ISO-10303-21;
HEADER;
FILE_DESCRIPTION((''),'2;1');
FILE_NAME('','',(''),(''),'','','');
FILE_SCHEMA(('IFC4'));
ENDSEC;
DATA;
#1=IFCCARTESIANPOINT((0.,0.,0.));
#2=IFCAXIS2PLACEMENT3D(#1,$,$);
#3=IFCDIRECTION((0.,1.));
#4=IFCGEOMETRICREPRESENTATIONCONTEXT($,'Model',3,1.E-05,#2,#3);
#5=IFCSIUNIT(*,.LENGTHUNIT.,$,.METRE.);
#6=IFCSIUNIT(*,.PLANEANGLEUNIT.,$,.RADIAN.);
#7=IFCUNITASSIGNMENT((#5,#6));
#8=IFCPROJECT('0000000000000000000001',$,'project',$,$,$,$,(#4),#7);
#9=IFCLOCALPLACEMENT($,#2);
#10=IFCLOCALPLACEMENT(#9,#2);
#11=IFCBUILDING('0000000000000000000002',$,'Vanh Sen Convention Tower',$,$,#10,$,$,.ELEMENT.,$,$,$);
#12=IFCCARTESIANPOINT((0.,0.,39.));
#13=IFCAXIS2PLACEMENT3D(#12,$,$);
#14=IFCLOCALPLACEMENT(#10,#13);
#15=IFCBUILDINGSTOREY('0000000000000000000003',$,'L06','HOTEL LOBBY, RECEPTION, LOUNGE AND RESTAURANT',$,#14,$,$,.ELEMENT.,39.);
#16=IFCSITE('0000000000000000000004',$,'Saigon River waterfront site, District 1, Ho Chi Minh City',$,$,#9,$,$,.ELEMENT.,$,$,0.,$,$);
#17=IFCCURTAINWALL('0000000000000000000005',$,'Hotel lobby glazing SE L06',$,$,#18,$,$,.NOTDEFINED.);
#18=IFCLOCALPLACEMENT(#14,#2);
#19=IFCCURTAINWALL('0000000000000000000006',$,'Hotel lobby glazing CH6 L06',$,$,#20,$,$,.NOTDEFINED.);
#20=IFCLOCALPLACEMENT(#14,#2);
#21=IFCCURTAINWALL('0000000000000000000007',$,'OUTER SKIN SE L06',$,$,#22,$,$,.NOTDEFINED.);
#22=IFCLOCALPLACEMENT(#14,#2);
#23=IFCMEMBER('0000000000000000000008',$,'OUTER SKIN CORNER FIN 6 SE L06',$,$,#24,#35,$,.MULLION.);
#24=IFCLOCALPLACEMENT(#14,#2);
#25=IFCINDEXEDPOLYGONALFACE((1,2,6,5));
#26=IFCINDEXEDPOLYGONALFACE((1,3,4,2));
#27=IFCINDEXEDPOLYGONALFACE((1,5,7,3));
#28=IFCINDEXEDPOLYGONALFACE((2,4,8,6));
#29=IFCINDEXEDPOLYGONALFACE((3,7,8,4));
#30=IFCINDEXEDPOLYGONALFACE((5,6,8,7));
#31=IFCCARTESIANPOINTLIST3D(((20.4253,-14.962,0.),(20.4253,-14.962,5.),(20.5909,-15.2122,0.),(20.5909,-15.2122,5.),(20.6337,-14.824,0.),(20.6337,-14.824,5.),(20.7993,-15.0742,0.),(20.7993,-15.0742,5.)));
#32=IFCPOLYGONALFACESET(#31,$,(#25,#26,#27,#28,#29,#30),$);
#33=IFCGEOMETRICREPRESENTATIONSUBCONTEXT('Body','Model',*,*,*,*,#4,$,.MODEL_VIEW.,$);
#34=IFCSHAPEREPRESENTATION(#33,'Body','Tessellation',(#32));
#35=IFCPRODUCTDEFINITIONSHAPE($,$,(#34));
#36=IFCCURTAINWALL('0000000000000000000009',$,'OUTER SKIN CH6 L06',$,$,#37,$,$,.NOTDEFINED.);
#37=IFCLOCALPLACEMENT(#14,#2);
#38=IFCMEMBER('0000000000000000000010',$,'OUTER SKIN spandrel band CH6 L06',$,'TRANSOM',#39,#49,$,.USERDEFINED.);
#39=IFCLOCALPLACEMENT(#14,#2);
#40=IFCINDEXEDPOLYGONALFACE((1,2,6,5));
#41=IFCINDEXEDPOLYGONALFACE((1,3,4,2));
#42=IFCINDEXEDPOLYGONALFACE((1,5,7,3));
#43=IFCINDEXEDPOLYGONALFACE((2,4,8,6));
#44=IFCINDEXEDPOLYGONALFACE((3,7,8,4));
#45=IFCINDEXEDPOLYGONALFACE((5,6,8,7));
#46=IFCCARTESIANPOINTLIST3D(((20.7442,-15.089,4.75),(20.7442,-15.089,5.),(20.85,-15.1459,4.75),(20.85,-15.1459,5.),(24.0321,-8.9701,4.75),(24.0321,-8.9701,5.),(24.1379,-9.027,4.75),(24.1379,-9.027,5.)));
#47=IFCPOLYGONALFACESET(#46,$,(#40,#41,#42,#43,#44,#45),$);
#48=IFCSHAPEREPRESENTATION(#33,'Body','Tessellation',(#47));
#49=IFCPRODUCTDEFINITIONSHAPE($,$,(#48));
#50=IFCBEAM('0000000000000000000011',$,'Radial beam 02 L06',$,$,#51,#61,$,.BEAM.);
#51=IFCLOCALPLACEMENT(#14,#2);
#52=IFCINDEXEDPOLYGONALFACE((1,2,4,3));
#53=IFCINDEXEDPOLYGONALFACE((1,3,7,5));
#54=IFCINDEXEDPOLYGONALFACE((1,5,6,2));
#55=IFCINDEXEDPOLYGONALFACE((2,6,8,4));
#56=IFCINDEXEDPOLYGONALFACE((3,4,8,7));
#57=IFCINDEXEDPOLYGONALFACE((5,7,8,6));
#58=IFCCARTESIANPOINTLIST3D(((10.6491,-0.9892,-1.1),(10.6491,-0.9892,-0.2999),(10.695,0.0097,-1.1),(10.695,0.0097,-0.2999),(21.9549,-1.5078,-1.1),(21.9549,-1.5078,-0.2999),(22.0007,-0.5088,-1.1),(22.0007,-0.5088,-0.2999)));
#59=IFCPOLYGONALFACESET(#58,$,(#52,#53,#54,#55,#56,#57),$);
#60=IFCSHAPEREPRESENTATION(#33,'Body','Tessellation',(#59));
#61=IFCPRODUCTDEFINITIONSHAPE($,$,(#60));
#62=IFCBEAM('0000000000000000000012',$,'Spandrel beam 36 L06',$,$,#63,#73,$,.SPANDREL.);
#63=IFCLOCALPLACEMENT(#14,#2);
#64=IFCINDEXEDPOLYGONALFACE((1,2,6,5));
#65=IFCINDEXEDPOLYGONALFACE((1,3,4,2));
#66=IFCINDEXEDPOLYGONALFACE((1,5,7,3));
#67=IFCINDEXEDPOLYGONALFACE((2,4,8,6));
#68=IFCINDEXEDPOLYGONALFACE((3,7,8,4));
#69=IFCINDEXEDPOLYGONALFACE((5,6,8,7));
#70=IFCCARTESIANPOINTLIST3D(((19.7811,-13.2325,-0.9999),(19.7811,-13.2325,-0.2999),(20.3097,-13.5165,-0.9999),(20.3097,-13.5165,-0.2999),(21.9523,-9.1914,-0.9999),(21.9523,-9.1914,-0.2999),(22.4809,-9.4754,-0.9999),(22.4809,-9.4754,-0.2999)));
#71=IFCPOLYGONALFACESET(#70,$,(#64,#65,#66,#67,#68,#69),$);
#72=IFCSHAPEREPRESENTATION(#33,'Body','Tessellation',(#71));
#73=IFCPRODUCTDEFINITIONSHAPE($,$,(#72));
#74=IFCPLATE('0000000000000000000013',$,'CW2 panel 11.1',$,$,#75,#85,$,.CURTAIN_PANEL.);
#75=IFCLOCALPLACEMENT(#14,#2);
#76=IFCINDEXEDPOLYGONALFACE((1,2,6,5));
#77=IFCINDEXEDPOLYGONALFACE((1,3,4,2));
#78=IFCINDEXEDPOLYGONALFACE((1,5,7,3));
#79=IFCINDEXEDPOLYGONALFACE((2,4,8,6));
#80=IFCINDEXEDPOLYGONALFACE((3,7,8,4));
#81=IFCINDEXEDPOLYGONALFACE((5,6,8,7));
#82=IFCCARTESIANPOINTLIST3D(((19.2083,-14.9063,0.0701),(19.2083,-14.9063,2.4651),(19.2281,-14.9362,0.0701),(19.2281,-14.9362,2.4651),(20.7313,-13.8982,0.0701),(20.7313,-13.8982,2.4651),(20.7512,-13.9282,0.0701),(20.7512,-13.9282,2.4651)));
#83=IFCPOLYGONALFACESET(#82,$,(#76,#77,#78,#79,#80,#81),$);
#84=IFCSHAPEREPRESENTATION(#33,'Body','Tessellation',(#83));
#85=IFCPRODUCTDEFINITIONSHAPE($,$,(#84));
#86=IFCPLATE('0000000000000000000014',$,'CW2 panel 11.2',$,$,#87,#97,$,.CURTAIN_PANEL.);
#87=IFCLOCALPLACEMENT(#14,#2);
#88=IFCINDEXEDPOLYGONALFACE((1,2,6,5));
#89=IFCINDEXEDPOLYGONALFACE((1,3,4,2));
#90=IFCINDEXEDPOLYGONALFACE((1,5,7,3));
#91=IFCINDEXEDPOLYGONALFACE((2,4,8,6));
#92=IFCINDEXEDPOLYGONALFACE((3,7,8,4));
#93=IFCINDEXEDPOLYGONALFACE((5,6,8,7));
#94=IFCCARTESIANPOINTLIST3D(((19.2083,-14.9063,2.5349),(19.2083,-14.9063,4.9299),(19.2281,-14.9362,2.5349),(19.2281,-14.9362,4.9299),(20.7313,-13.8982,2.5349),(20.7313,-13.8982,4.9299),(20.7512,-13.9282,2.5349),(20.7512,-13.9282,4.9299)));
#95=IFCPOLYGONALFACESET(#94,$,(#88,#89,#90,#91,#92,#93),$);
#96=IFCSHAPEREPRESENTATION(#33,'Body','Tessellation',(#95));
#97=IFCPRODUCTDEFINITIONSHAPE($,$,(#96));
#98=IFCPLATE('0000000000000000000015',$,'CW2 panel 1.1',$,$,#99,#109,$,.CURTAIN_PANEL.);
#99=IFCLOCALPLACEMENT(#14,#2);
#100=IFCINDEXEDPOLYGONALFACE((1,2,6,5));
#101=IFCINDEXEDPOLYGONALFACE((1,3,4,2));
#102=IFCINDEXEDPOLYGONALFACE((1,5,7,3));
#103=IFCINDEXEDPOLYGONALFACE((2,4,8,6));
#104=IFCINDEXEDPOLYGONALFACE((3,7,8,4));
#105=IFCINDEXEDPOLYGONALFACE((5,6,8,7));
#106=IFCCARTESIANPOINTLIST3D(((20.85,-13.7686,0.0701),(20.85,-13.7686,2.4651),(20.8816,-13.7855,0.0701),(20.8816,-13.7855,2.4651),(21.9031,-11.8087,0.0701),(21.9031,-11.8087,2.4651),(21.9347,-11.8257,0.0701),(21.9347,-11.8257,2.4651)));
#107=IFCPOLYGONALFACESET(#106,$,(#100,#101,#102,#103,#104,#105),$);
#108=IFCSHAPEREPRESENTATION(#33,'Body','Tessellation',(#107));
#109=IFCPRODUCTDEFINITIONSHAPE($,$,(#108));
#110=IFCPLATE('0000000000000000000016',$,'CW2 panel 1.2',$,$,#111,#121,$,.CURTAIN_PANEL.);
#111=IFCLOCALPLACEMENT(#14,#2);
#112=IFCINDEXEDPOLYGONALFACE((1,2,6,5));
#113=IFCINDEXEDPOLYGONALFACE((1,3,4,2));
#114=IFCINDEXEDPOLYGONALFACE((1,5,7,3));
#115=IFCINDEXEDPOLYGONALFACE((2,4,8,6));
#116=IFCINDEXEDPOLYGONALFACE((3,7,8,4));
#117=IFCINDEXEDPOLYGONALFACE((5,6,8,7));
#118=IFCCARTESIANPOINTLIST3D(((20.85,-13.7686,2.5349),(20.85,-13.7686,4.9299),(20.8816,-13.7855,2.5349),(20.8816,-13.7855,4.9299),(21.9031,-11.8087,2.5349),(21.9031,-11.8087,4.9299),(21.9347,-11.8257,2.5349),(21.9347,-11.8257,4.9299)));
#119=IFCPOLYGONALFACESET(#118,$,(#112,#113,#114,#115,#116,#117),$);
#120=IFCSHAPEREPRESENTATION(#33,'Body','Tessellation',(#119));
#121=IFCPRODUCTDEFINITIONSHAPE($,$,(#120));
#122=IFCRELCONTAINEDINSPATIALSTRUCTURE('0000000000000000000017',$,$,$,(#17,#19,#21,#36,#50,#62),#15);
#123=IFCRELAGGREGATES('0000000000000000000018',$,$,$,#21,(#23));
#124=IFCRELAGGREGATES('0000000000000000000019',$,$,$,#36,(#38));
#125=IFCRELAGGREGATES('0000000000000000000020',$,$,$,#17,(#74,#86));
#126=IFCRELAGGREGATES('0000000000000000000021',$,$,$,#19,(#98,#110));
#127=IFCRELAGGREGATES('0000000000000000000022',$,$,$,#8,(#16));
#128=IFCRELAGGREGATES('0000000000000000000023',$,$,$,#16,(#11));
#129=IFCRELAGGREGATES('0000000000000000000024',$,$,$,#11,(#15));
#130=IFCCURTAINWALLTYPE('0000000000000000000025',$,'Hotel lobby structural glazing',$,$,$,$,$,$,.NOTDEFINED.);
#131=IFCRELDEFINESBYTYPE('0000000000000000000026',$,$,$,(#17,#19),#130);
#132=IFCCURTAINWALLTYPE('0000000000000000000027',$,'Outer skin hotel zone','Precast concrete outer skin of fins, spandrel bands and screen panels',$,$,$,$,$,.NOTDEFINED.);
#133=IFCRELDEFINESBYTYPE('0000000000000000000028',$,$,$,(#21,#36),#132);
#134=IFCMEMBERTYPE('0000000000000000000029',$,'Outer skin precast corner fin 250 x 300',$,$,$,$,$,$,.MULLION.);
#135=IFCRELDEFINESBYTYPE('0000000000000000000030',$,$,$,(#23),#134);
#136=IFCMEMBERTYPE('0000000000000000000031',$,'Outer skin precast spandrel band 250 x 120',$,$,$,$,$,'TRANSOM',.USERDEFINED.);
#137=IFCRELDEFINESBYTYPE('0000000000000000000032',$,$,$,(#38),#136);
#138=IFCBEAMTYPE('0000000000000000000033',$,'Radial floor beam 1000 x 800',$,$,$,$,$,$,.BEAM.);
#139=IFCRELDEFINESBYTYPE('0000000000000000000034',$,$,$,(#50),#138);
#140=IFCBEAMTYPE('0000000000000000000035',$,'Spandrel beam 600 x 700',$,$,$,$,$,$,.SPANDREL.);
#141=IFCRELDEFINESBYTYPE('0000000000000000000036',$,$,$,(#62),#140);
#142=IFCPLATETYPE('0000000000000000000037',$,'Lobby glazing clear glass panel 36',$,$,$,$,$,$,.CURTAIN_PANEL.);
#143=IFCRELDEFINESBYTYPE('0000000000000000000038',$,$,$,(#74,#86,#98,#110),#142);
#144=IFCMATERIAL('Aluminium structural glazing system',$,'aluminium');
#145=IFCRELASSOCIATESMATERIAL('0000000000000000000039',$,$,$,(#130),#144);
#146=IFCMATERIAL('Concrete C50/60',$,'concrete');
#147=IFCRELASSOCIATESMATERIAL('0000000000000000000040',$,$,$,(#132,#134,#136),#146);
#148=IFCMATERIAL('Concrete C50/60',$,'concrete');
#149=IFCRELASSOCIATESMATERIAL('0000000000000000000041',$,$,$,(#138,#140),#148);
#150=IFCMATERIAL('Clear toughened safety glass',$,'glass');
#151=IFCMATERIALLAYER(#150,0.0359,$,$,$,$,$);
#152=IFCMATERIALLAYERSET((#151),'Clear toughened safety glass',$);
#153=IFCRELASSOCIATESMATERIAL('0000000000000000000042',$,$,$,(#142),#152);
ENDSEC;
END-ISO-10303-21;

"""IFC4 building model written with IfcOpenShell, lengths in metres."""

from ifc_helpers import new_model, si_unit, direction, frame, origin, origin_2d, place, context, subcontext, project, spatial, rectangle, extrude, material, layer, layer_set, material_profile, profile_set, type_object, element, aggregate, save


model = new_model("IFC4")

# Units and contexts
model_context = context("Model", 3, precision=1e-05, world=origin(), true_north=direction((0.0, 1.0)))
body_context = subcontext(model_context, "Body", "Model", "MODEL_VIEW")
ifc_project = project(units=[si_unit("LENGTHUNIT", "METRE"), si_unit("PLANEANGLEUNIT", "RADIAN")], contexts=[model_context])

# Site, building, storey
site_placement = place(None, origin())
site = spatial("IfcSite", under=ifc_project, at=site_placement, Name="Saigon River waterfront site, District 1, Ho Chi Minh City", CompositionType="ELEMENT", RefElevation=0.0)
building_placement = place(site_placement, origin())
building = spatial("IfcBuilding", under=site, at=building_placement, Name="Vanh Sen Convention Tower", CompositionType="ELEMENT")
storey_placement = place(building_placement, frame((0.0, 0.0, 39.0)))
storey = spatial("IfcBuildingStorey", under=building, at=storey_placement, Name="L06", Description="HOTEL LOBBY, RECEPTION, LOUNGE AND RESTAURANT", CompositionType="ELEMENT", Elevation=39.0)

# Curtain walls
ifc_material_1 = material(Name="Aluminium structural glazing system", Category="aluminium")
curtain_wall_type_1 = type_object("IfcCurtainWallType", Name="Hotel lobby structural glazing", PredefinedType="NOTDEFINED", material=ifc_material_1)
curtain_wall_1_placement = place(storey_placement, origin())
curtain_wall_1 = element("IfcCurtainWall", 1, at=curtain_wall_1_placement, inside=storey, type_object=curtain_wall_type_1, Name="Hotel lobby glazing SE L06", PredefinedType="NOTDEFINED")
curtain_wall_2_placement = place(storey_placement, origin())
curtain_wall_2 = element("IfcCurtainWall", 2, at=curtain_wall_2_placement, inside=storey, type_object=curtain_wall_type_1, Name="Hotel lobby glazing CH6 L06", PredefinedType="NOTDEFINED")

# Curtain walls, members
ifc_material_2 = material(Name="Concrete C50/60", Category="concrete")
curtain_wall_type_2 = type_object("IfcCurtainWallType", Name="Outer skin hotel zone", Description="Precast concrete outer skin of fins, spandrel bands and screen panels", PredefinedType="NOTDEFINED", material=ifc_material_2)
curtain_wall_3_placement = place(storey_placement, origin())
curtain_wall_3 = element("IfcCurtainWall", 3, at=curtain_wall_3_placement, inside=storey, type_object=curtain_wall_type_2, Name="OUTER SKIN SE L06", PredefinedType="NOTDEFINED")
ifc_material_profile_1 = material_profile(ifc_material_2, rectangle(XDim=0.25, YDim=0.3, at=origin_2d()), Name="Outer skin precast corner fin 250 x 300")
ifc_profile_set_1 = profile_set([ifc_material_profile_1], Name="Concrete C50/60")
member_type_1 = type_object("IfcMemberType", Name="Outer skin precast corner fin 250 x 300", PredefinedType="MULLION", material=ifc_profile_set_1)
member_1_placement = place(storey_placement, frame((20.6123, -15.0181, 0.0), z_axis=(0.0, 0.0, 1.0), x_axis=(0.833886, 0.551937, 0.0)))
member_1 = element("IfcMember", 4, at=member_1_placement, type_object=member_type_1, Name="OUTER SKIN CORNER FIN 6 SE L06", PredefinedType="MULLION", context=body_context, shape_type="SweptSolid", body=[
    extrude(rectangle(XDim=0.25, YDim=0.3, at=origin_2d()), origin(), (0.0, 0.0, 1.0), 5.0),
])
aggregate(curtain_wall_3, [member_1])
curtain_wall_4_placement = place(storey_placement, origin())
curtain_wall_4 = element("IfcCurtainWall", 5, at=curtain_wall_4_placement, inside=storey, type_object=curtain_wall_type_2, Name="OUTER SKIN CH6 L06", PredefinedType="NOTDEFINED")
ifc_material_profile_2 = material_profile(ifc_material_2, rectangle(XDim=0.1201, YDim=0.25, at=origin_2d()), Name="Outer skin precast spandrel band 250 x 120")
ifc_profile_set_2 = profile_set([ifc_material_profile_2], Name="Concrete C50/60")
member_type_2 = type_object("IfcMemberType", Name="Outer skin precast spandrel band 250 x 120", ElementType="TRANSOM", PredefinedType="USERDEFINED", material=ifc_profile_set_2)
member_2_placement = place(storey_placement, frame((20.7971, -15.1174, 4.875), z_axis=(0.473324, 0.880888, 0.0), x_axis=(-0.880888, 0.473324, 0.0)))
member_2 = element("IfcMember", 6, at=member_2_placement, type_object=member_type_2, Name="OUTER SKIN spandrel band CH6 L06", ObjectType="TRANSOM", PredefinedType="USERDEFINED", context=body_context, shape_type="SweptSolid", body=[
    extrude(rectangle(XDim=0.1201, YDim=0.25, at=origin_2d()), origin(), (0.0, 0.0, 1.0), 6.9463),
])
aggregate(curtain_wall_4, [member_2])

# Beams
ifc_material_3 = material(Name="Concrete C50/60", Category="concrete")
ifc_material_profile_3 = material_profile(ifc_material_3, rectangle(XDim=1.0, YDim=0.8, at=origin_2d()), Name="RC 1000X800")
ifc_profile_set_3 = profile_set([ifc_material_profile_3], Name="Concrete C50/60")
beam_type_1 = type_object("IfcBeamType", Name="Radial floor beam 1000 x 800", PredefinedType="BEAM", material=ifc_profile_set_3)
beam_1_placement = place(storey_placement, frame((21.9778, -1.0083, -0.7), z_axis=(-0.99895, 0.045819, 0.0), x_axis=(-0.045819, -0.99895, 0.0)))
element("IfcBeam", 7, at=beam_1_placement, inside=storey, type_object=beam_type_1, Name="Radial beam 02 L06", PredefinedType="BEAM", context=body_context, shape_type="SweptSolid", body=[
    extrude(rectangle(XDim=1.0, YDim=0.8, at=origin_2d()), origin(), (0.0, 0.0, 1.0), 11.3176),
])
ifc_material_profile_4 = material_profile(ifc_material_3, rectangle(XDim=0.6001, YDim=0.7, at=origin_2d()), Name="RC 600X700")
ifc_profile_set_4 = profile_set([ifc_material_profile_4], Name="Concrete C50/60")
beam_type_2 = type_object("IfcBeamType", Name="Spandrel beam 600 x 700", PredefinedType="SPANDREL", material=ifc_profile_set_4)
beam_2_placement = place(storey_placement, frame((20.0454, -13.3745, -0.6499), z_axis=(0.47329, 0.880907, 0.0), x_axis=(-0.880907, 0.47329, 0.0)))
element("IfcBeam", 8, at=beam_2_placement, inside=storey, type_object=beam_type_2, Name="Spandrel beam 36 L06", PredefinedType="SPANDREL", context=body_context, shape_type="SweptSolid", body=[
    extrude(rectangle(XDim=0.6001, YDim=0.7, at=origin_2d()), origin(), (0.0, 0.0, 1.0), 4.5874),
])

# Plates
ifc_material_4 = material(Name="Clear toughened safety glass", Category="glass")
ifc_layer_1 = layer(ifc_material_4, 0.0359)
ifc_layer_set_1 = layer_set([ifc_layer_1], Name="Clear toughened safety glass")
plate_type = type_object("IfcPlateType", Name="Lobby glazing clear glass panel 36", PredefinedType="CURTAIN_PANEL", material=ifc_layer_set_1)
plate_1_placement = place(storey_placement, frame((19.9797, -14.4172, 0.0701), z_axis=(0.0, 0.0, 1.0), x_axis=(0.833886, 0.551937, 0.0)))
plate_1 = element("IfcPlate", 9, at=plate_1_placement, type_object=plate_type, Name="CW2 panel 11.1", PredefinedType="CURTAIN_PANEL", context=body_context, shape_type="SweptSolid", body=[
    extrude(rectangle(XDim=1.8264, YDim=0.0359, at=origin_2d()), origin(), (0.0, 0.0, 1.0), 2.395),
])
plate_2_placement = place(storey_placement, frame((19.9797, -14.4172, 2.5349), z_axis=(0.0, 0.0, 1.0), x_axis=(0.833886, 0.551937, 0.0)))
plate_2 = element("IfcPlate", 10, at=plate_2_placement, type_object=plate_type, Name="CW2 panel 11.2", PredefinedType="CURTAIN_PANEL", context=body_context, shape_type="SweptSolid", body=[
    extrude(rectangle(XDim=1.8264, YDim=0.0359, at=origin_2d()), origin(), (0.0, 0.0, 1.0), 2.395),
])
aggregate(curtain_wall_1, [plate_1, plate_2])
plate_3_placement = place(storey_placement, frame((21.3923, -12.7971, 0.0701), z_axis=(0.0, 0.0, 1.0), x_axis=(0.473314, 0.880894, 0.0)))
plate_3 = element("IfcPlate", 11, at=plate_3_placement, type_object=plate_type, Name="CW2 panel 1.1", PredefinedType="CURTAIN_PANEL", context=body_context, shape_type="SweptSolid", body=[
    extrude(rectangle(XDim=2.2249, YDim=0.0359, at=origin_2d()), origin(), (0.0, 0.0, 1.0), 2.395),
])
plate_4_placement = place(storey_placement, frame((21.3923, -12.7971, 2.5349), z_axis=(0.0, 0.0, 1.0), x_axis=(0.473314, 0.880894, 0.0)))
plate_4 = element("IfcPlate", 12, at=plate_4_placement, type_object=plate_type, Name="CW2 panel 1.2", PredefinedType="CURTAIN_PANEL", context=body_context, shape_type="SweptSolid", body=[
    extrude(rectangle(XDim=2.2249, YDim=0.0359, at=origin_2d()), origin(), (0.0, 0.0, 1.0), 2.395),
])
aggregate(curtain_wall_2, [plate_3, plate_4])

save(model, "model.ifc")
